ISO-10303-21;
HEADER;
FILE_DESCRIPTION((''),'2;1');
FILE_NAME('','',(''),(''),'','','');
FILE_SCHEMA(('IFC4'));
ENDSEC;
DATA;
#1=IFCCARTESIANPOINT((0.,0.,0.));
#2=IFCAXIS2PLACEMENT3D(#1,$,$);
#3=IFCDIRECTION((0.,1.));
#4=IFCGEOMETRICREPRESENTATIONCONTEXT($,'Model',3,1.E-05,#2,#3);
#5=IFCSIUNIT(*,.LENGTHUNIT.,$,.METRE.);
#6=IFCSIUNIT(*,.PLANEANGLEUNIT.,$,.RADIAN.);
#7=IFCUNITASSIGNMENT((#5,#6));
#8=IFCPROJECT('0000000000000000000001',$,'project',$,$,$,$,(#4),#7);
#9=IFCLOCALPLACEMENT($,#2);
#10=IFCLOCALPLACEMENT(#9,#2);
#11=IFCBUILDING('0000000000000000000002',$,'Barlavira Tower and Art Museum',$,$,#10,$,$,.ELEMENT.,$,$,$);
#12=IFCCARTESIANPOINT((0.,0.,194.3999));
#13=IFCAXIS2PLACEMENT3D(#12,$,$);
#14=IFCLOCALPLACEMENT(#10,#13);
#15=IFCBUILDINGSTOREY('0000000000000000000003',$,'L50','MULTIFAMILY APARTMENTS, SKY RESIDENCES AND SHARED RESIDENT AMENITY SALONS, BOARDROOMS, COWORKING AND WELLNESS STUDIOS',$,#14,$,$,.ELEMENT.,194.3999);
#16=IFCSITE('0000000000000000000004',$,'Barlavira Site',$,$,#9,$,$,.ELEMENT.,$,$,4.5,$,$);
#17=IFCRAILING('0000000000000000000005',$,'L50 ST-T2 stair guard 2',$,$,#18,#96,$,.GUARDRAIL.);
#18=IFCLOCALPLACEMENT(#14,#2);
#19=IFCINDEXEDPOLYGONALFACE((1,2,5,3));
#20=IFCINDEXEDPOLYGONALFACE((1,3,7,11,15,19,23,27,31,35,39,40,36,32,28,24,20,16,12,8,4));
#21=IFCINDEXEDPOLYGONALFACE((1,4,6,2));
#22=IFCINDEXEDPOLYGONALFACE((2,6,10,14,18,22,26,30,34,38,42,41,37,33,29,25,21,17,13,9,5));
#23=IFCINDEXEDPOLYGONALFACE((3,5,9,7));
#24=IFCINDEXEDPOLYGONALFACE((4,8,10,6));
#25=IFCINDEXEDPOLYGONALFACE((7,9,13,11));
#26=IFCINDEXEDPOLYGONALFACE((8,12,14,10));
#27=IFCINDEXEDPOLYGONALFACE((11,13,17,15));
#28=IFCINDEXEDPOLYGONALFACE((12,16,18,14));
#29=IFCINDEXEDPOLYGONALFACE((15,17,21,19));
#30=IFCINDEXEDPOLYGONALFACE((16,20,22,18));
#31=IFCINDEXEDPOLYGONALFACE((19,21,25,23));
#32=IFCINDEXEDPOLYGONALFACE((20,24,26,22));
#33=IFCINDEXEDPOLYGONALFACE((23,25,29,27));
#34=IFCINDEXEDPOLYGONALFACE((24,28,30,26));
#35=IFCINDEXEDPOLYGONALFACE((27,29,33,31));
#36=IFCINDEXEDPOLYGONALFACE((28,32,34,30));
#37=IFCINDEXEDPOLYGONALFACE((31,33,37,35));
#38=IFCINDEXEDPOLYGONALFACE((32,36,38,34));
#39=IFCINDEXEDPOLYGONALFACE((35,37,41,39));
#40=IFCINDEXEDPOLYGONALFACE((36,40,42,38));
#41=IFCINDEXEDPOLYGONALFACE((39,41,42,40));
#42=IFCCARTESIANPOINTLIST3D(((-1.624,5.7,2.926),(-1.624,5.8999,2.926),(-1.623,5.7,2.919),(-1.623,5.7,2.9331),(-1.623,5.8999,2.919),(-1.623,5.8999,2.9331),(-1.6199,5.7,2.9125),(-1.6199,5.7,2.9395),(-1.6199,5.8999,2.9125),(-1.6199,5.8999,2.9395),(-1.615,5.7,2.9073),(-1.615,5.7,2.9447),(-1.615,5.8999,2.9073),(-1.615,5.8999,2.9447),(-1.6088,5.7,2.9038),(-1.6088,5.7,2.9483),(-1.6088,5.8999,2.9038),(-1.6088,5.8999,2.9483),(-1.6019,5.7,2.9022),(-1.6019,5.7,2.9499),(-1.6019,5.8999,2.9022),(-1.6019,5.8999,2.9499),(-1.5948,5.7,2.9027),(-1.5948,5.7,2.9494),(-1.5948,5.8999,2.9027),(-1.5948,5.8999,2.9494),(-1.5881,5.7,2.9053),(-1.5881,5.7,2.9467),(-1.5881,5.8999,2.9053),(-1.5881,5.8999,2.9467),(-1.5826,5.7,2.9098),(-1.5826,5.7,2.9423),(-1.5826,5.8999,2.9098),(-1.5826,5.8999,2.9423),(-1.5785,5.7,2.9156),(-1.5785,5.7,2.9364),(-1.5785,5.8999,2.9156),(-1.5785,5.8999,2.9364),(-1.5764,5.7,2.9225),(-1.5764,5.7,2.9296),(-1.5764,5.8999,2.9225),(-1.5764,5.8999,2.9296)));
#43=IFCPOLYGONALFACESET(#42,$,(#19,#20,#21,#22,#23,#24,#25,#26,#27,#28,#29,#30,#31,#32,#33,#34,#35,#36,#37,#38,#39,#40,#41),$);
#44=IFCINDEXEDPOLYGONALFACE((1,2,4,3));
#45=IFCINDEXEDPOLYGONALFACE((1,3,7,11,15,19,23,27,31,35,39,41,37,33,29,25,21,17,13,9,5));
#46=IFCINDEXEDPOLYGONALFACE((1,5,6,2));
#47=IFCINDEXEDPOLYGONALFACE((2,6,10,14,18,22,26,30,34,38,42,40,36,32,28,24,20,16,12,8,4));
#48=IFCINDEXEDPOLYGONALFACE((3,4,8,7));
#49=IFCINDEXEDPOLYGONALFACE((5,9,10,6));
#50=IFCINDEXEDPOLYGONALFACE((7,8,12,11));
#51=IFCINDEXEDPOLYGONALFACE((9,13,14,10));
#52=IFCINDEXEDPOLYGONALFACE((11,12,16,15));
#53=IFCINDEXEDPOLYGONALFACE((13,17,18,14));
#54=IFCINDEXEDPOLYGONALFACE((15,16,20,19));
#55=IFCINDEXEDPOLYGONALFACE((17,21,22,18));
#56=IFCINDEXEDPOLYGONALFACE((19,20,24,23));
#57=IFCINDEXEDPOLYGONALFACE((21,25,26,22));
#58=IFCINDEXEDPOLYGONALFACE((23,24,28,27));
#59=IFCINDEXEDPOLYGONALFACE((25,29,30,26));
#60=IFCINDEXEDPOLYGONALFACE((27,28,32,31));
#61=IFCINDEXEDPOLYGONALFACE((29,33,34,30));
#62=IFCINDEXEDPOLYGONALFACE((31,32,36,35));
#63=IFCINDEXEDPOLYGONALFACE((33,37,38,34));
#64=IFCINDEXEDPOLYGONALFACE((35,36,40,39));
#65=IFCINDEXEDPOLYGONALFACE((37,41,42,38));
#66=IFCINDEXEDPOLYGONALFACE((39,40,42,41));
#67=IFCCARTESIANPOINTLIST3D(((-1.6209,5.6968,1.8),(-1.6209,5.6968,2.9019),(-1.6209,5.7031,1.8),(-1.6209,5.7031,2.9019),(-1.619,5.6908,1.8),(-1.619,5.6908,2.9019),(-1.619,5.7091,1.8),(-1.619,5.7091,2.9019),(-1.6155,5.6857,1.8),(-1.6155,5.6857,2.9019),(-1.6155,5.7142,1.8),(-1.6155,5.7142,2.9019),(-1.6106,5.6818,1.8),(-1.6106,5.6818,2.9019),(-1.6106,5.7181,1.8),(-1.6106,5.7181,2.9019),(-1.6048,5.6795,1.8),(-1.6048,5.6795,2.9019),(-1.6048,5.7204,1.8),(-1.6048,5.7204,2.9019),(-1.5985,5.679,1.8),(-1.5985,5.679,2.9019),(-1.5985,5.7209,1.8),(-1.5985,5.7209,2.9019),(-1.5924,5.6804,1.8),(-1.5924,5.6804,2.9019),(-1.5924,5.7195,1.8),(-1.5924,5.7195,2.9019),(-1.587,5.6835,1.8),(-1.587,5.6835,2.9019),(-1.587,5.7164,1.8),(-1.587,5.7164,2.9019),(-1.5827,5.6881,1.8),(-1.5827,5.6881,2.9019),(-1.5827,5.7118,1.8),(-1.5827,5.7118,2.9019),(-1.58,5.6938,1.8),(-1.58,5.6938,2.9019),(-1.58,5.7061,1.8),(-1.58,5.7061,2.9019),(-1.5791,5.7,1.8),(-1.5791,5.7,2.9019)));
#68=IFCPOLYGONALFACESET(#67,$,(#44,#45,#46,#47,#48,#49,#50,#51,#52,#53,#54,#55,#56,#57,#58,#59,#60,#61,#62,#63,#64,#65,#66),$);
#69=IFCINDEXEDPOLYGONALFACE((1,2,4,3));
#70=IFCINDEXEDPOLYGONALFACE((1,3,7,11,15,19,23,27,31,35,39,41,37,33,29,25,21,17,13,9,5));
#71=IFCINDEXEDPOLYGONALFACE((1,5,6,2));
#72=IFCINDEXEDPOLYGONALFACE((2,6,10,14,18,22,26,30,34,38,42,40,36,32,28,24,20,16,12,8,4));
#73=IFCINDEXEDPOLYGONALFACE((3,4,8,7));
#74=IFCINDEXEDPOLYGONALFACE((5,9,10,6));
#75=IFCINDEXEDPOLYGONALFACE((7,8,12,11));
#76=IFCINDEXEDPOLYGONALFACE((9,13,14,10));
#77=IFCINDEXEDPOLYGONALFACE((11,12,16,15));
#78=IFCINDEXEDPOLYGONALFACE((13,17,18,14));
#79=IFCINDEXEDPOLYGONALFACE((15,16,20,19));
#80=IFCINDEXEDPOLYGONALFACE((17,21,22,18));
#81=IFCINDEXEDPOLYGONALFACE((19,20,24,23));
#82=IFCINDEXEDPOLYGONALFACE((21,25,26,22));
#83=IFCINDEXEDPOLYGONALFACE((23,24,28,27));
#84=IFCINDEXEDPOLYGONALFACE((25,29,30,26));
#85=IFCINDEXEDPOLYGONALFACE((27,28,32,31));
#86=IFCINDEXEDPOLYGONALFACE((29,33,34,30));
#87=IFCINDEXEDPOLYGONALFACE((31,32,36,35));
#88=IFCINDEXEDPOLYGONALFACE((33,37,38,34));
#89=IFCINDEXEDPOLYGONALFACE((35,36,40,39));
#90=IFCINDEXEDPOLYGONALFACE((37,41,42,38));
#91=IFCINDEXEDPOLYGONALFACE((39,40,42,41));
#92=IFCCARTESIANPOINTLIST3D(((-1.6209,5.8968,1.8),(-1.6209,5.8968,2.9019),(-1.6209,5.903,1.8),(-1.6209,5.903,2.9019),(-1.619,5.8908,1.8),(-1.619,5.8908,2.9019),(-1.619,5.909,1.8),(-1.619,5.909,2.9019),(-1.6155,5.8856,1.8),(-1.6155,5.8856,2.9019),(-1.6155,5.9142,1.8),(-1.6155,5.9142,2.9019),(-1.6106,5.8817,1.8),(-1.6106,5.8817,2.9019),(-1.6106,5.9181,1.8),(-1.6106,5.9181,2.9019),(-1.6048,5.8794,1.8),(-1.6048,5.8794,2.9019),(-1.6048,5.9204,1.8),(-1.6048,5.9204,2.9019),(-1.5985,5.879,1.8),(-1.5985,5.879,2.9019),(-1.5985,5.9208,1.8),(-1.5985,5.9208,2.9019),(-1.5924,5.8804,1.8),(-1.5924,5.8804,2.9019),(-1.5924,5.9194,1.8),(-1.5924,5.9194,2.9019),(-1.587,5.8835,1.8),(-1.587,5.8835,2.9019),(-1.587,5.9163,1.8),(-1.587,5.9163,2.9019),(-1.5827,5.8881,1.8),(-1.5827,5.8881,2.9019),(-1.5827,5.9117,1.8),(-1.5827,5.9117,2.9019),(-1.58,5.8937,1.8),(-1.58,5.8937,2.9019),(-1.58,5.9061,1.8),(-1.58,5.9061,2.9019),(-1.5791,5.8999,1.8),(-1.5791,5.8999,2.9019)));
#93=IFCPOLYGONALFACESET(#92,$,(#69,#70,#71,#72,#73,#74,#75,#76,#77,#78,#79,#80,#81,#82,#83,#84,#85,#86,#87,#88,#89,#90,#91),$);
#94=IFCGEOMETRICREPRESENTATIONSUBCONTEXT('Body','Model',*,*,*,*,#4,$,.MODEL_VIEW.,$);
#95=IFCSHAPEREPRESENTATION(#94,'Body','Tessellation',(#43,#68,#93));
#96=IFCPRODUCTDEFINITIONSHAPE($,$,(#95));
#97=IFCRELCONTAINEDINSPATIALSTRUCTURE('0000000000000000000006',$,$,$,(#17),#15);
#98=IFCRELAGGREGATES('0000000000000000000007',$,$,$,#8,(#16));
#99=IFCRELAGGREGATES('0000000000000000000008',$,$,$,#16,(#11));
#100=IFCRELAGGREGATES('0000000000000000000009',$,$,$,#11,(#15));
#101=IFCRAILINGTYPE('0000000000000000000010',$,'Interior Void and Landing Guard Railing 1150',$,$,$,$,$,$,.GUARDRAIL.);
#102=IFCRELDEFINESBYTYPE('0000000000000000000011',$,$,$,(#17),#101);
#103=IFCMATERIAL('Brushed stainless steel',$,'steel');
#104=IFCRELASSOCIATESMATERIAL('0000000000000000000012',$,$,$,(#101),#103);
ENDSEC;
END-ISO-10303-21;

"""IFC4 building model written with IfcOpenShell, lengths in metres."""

from ifc_helpers import new_model, si_unit, direction, frame, origin, origin_2d, place, context, subcontext, project, spatial, circle, extrude, material, type_object, element, save


model = new_model("IFC4")

# Units and contexts
model_context = context("Model", 3, precision=1e-05, world=origin(), true_north=direction((0.0, 1.0)))
body_context = subcontext(model_context, "Body", "Model", "MODEL_VIEW")
ifc_project = project(units=[si_unit("LENGTHUNIT", "METRE"), si_unit("PLANEANGLEUNIT", "RADIAN")], contexts=[model_context])

# Site, building, storey
site_placement = place(None, origin())
site = spatial("IfcSite", under=ifc_project, at=site_placement, Name="Barlavira Site", CompositionType="ELEMENT", RefElevation=4.5)
building_placement = place(site_placement, origin())
building = spatial("IfcBuilding", under=site, at=building_placement, Name="Barlavira Tower and Art Museum", CompositionType="ELEMENT")
storey_placement = place(building_placement, frame((0.0, 0.0, 194.3999)))
storey = spatial("IfcBuildingStorey", under=building, at=storey_placement, Name="L50", Description="MULTIFAMILY APARTMENTS, SKY RESIDENCES AND SHARED RESIDENT AMENITY SALONS, BOARDROOMS, COWORKING AND WELLNESS STUDIOS", CompositionType="ELEMENT", Elevation=194.3999)

# Shared definitions
ifc_material_1 = material(Name="Brushed stainless steel", Category="steel")

# Railing
railing_type_1 = type_object("IfcRailingType", Name="Interior Void and Landing Guard Railing 1150", PredefinedType="GUARDRAIL", material=ifc_material_1)
railing_1_placement = place(storey_placement, frame((-1.6001, 5.7, 1.8)))
element("IfcRailing", 1, at=railing_1_placement, inside=storey, type_object=railing_type_1, Name="L50 ST-T2 stair guard 2", PredefinedType="GUARDRAIL", context=body_context, shape_type="SweptSolid", body=[
    extrude(circle(Radius=0.0239, at=origin_2d()), frame((0.0, 0.0, 1.126), z_axis=(0.0, 1.0, 0.0), x_axis=(-1.0, 0.0, 0.0)), (0.0, 0.0, 1.0), 0.2),
    extrude(circle(Radius=0.021, at=origin_2d()), origin(), (0.0, 0.0, 1.0), 1.1018),
    extrude(circle(Radius=0.021, at=origin_2d()), frame((0.0, 0.2, 0.0)), (0.0, 0.0, 1.0), 1.1018),
])

save(model, "model.ifc")
